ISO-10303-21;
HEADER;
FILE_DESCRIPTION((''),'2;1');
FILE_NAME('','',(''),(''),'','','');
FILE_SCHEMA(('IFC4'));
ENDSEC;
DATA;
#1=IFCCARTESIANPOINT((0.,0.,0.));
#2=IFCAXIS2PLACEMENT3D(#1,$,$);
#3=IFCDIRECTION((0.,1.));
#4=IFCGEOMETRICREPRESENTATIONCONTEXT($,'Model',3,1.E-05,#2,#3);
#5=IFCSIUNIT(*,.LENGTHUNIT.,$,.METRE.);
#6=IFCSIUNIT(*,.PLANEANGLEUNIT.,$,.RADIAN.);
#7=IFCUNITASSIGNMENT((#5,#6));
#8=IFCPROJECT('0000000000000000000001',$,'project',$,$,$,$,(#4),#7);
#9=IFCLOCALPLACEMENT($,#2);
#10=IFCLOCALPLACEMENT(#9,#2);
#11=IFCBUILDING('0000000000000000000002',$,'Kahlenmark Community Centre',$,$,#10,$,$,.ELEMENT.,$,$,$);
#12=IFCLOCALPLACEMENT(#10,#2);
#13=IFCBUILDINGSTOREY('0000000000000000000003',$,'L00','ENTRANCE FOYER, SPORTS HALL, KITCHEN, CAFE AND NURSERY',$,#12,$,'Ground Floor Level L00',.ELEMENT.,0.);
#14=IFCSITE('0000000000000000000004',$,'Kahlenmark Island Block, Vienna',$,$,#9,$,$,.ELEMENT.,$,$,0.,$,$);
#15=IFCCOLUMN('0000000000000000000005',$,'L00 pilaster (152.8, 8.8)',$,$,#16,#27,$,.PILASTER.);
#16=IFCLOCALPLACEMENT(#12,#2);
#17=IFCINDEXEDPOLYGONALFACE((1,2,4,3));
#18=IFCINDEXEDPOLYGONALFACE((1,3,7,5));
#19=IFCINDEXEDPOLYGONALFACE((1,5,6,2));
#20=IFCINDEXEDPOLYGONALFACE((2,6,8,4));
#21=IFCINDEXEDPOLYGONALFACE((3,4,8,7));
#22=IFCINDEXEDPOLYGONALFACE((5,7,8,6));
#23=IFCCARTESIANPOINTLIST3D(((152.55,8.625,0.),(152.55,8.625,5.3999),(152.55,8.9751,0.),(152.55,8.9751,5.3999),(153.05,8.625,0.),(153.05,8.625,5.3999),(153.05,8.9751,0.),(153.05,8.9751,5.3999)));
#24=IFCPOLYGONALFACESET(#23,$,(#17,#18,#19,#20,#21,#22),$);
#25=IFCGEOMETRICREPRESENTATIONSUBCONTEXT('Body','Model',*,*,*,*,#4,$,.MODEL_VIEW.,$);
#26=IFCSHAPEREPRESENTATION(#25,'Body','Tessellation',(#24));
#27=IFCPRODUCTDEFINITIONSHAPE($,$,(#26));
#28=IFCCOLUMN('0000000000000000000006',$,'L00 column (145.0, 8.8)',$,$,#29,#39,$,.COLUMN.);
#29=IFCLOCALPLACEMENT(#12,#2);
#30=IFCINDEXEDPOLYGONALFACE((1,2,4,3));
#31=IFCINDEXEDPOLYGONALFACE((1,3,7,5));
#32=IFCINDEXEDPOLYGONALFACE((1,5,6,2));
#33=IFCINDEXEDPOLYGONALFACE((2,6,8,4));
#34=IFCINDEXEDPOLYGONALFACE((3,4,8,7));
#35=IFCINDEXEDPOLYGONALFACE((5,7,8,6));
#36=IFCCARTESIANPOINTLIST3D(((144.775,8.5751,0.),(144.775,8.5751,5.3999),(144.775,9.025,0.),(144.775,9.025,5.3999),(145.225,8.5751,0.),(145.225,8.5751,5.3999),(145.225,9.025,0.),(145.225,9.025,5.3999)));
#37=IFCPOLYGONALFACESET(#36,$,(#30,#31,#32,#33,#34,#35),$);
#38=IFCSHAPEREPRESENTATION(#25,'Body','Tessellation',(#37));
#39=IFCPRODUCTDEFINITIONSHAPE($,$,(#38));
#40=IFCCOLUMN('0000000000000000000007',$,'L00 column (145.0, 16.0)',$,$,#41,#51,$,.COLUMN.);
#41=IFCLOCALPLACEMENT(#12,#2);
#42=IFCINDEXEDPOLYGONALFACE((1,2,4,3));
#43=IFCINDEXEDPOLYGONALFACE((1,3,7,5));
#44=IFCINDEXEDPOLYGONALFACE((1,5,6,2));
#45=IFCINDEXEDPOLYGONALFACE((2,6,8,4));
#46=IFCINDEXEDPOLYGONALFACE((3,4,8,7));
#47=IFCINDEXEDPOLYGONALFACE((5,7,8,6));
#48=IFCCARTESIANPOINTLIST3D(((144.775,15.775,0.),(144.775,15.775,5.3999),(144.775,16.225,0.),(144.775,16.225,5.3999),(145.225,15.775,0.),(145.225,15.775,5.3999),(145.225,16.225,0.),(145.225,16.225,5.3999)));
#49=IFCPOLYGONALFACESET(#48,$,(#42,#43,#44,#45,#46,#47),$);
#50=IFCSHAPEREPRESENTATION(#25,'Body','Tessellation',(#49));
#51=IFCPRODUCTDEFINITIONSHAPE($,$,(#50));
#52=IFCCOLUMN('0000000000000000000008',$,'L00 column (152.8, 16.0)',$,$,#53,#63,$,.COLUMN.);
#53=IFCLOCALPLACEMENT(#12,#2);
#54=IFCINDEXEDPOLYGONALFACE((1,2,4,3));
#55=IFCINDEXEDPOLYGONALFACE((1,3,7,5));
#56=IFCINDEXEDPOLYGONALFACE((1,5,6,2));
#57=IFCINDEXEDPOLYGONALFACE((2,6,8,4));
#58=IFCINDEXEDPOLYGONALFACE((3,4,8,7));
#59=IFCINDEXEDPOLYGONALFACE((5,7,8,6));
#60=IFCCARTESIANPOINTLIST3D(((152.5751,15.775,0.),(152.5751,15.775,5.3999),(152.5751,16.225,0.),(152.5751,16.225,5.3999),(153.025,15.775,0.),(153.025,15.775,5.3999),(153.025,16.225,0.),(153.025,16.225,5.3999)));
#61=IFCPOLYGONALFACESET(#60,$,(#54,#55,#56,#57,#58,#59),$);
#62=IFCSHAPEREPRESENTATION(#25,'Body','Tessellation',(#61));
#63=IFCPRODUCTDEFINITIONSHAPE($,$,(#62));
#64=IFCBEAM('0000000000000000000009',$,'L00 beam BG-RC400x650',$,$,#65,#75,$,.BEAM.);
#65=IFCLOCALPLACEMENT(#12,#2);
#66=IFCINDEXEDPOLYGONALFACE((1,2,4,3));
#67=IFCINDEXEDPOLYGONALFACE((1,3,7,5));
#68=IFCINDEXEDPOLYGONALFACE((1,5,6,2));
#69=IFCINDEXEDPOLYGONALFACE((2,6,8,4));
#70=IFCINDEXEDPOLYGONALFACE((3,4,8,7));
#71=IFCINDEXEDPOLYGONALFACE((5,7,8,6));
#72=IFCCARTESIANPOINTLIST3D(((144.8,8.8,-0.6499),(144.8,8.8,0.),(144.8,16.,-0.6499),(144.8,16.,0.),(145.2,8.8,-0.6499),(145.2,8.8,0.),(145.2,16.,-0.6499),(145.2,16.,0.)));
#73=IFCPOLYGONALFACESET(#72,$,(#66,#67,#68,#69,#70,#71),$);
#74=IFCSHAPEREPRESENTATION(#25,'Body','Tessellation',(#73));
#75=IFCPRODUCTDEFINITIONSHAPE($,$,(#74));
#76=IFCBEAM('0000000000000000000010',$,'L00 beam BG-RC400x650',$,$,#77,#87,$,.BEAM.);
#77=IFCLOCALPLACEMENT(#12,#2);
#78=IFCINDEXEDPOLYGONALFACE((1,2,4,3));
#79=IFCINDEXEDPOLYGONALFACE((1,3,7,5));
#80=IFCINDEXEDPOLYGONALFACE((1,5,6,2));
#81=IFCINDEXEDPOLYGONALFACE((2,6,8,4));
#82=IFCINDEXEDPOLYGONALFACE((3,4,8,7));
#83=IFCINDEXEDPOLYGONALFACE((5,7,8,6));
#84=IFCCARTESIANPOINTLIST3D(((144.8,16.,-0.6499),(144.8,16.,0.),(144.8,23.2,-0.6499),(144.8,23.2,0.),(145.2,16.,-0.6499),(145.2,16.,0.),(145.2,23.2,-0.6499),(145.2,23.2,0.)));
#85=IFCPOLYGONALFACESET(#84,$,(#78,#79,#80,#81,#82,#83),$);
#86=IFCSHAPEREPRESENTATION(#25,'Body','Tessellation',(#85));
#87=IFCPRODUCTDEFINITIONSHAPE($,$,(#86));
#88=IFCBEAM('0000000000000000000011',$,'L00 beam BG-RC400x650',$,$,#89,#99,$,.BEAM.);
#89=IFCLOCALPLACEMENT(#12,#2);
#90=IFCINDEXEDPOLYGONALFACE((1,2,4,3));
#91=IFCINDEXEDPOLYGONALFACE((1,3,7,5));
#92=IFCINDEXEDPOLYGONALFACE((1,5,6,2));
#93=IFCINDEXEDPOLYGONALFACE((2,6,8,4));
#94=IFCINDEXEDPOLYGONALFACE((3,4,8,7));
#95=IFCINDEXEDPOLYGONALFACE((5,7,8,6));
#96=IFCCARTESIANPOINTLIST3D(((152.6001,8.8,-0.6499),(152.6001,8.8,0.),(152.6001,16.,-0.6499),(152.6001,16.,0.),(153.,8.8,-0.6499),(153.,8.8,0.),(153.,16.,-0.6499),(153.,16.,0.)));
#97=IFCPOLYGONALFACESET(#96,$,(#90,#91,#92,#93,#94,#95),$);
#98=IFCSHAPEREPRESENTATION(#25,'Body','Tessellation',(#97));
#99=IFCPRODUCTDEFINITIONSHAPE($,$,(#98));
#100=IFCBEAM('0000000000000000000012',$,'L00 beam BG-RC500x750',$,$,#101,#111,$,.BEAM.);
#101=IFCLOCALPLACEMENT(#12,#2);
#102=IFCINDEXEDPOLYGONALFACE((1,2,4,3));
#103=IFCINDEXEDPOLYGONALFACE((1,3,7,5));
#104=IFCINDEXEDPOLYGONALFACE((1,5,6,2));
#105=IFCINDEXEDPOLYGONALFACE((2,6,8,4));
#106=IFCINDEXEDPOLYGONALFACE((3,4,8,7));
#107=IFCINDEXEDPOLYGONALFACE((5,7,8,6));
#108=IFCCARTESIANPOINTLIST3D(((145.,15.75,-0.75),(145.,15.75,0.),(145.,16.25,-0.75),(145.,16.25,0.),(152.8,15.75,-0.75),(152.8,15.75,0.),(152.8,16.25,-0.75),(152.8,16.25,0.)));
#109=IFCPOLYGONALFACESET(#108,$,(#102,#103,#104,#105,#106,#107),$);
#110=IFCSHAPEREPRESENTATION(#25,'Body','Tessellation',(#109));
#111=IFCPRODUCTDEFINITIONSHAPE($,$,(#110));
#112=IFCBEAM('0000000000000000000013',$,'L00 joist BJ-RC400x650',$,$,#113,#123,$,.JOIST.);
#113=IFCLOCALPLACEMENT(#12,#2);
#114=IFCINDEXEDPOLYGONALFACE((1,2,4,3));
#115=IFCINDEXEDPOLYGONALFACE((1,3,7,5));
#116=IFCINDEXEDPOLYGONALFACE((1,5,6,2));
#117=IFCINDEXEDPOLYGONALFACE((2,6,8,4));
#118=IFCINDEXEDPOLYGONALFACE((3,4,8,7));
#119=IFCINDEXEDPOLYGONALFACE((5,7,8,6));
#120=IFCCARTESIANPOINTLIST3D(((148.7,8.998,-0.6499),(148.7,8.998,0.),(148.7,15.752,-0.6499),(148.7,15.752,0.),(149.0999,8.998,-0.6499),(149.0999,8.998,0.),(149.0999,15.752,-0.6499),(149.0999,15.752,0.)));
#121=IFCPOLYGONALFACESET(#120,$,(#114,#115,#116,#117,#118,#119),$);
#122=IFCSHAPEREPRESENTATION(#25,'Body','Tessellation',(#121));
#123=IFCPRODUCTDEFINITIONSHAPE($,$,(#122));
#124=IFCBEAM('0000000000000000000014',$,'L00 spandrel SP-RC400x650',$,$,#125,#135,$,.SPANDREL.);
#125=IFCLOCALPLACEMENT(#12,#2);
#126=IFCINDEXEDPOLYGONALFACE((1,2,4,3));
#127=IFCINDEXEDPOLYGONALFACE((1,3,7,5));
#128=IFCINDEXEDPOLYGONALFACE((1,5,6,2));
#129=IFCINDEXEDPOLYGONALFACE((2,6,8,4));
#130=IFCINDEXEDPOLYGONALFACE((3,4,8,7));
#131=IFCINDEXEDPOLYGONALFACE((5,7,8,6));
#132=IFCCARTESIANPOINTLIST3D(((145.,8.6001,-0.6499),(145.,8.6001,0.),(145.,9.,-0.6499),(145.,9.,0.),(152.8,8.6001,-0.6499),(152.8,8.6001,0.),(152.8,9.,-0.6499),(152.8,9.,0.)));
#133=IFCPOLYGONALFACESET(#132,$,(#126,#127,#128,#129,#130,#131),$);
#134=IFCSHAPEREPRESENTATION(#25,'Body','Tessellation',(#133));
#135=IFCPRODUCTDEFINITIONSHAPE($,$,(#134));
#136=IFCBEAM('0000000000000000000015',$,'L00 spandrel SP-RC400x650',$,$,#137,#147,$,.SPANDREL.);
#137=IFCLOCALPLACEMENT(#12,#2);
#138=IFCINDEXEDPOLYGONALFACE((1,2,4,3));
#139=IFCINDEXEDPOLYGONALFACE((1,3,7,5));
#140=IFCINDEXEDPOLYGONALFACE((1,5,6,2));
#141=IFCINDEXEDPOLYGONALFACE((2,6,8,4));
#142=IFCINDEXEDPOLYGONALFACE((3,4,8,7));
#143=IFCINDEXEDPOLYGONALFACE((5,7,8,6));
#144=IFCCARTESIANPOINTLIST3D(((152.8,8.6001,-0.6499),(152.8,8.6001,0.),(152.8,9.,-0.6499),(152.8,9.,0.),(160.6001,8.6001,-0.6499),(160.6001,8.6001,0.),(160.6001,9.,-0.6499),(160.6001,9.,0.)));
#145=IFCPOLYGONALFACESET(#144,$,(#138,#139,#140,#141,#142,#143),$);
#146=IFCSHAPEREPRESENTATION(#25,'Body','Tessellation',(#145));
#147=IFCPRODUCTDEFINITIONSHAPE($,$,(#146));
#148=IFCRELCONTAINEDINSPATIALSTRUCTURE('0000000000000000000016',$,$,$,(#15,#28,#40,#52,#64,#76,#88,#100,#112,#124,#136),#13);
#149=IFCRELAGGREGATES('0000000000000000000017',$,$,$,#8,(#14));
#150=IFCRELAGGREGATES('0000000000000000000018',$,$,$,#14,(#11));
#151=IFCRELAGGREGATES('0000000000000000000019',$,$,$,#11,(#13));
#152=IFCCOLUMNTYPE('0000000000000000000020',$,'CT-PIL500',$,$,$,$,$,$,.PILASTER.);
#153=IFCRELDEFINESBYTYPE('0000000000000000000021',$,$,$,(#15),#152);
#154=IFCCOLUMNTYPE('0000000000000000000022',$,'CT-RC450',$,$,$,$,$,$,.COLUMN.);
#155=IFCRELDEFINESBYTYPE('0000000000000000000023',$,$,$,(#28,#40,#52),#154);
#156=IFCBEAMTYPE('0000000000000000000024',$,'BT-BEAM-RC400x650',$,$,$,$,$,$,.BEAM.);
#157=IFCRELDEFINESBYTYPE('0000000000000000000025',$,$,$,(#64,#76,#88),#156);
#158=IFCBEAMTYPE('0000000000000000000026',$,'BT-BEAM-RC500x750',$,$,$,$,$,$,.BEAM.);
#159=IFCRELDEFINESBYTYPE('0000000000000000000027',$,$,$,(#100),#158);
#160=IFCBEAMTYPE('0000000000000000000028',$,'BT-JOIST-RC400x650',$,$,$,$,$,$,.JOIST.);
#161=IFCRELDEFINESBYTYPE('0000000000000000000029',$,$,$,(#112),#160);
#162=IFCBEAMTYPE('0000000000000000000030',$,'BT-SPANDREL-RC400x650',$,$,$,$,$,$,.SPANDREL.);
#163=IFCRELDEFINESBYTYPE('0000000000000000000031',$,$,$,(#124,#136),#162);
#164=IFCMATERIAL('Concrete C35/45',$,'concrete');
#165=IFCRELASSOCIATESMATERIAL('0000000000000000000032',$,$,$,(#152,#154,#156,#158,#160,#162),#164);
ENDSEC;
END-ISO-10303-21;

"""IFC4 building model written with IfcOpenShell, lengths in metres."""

from ifc_helpers import new_model, si_unit, direction, frame, origin, origin_2d, place, context, subcontext, project, spatial, rectangle, extrude, material, material_profile, profile_set, type_object, element, save


model = new_model("IFC4")

# Units and contexts
model_context = context("Model", 3, precision=1e-05, world=origin(), true_north=direction((0.0, 1.0)))
body_context = subcontext(model_context, "Body", "Model", "MODEL_VIEW")
ifc_project = project(units=[si_unit("LENGTHUNIT", "METRE"), si_unit("PLANEANGLEUNIT", "RADIAN")], contexts=[model_context])

# Site, building, storey
site_placement = place(None, origin())
site = spatial("IfcSite", under=ifc_project, at=site_placement, Name="Kahlenmark Island Block, Vienna", CompositionType="ELEMENT", RefElevation=0.0)
building_placement = place(site_placement, origin())
building = spatial("IfcBuilding", under=site, at=building_placement, Name="Kahlenmark Community Centre", CompositionType="ELEMENT")
storey_placement = place(building_placement, origin())
storey = spatial("IfcBuildingStorey", under=building, at=storey_placement, Name="L00", Description="ENTRANCE FOYER, SPORTS HALL, KITCHEN, CAFE AND NURSERY", LongName="Ground Floor Level L00", CompositionType="ELEMENT", Elevation=0.0)

# Columns
ifc_material_1 = material(Name="Concrete C35/45", Category="concrete")
ifc_material_profile_1 = material_profile(ifc_material_1, rectangle(XDim=0.5, YDim=0.3501, at=origin_2d()), Name="RC 500x350")
ifc_profile_set_1 = profile_set([ifc_material_profile_1], Name="Concrete C35/45")
column_type_1 = type_object("IfcColumnType", Name="CT-PIL500", PredefinedType="PILASTER", material=ifc_profile_set_1)
column_placement = place(storey_placement, frame((152.8, 8.8, 0.0), z_axis=(0.0, 0.0, 1.0), x_axis=(1.0, 0.0, 0.0)))
element("IfcColumn", 1, at=column_placement, inside=storey, type_object=column_type_1, Name="L00 pilaster (152.8, 8.8)", PredefinedType="PILASTER", context=body_context, shape_type="SweptSolid", body=[
    extrude(rectangle(XDim=0.5, YDim=0.3501, at=origin_2d()), origin(), (0.0, 0.0, 1.0), 5.3999),
])
ifc_material_profile_2 = material_profile(ifc_material_1, rectangle(XDim=0.45, YDim=0.45, at=origin_2d()), Name="RC 450x450")
ifc_profile_set_2 = profile_set([ifc_material_profile_2], Name="Concrete C35/45")
column_type_2 = type_object("IfcColumnType", Name="CT-RC450", PredefinedType="COLUMN", material=ifc_profile_set_2)
for number, where, z_axis, x_axis, name in (
    (2, (145.0, 8.8, 0.0), (0.0, 0.0, 1.0), (1.0, 0.0, 0.0), "L00 column (145.0, 8.8)"),
    (3, (145.0, 16.0, 0.0), (0.0, 0.0, 1.0), (1.0, 0.0, 0.0), "L00 column (145.0, 16.0)"),
    (4, (152.8, 16.0, 0.0), (0.0, 0.0, 1.0), (1.0, 0.0, 0.0), "L00 column (152.8, 16.0)"),
):
    element("IfcColumn", number, at=place(storey_placement, frame(where, z_axis=z_axis, x_axis=x_axis)), inside=storey, type_object=column_type_2, Name=name, PredefinedType="COLUMN", context=body_context, shape_type="SweptSolid", body=[
        extrude(rectangle(XDim=0.45, YDim=0.45, at=origin_2d()), origin(), (0.0, 0.0, 1.0), 5.3999),
    ])

# Beams
ifc_material_profile_3 = material_profile(ifc_material_1, rectangle(XDim=0.3999, YDim=0.6499, at=origin_2d()), Name="RC 400x650")
ifc_profile_set_3 = profile_set([ifc_material_profile_3], Name="Concrete C35/45")
beam_type_1 = type_object("IfcBeamType", Name="BT-BEAM-RC400x650", PredefinedType="BEAM", material=ifc_profile_set_3)
for number, where, z_axis, x_axis, name in (
    (5, (145.0, 8.8, -0.325), (0.0, 1.0, 0.0), (-1.0, 0.0, 0.0), "L00 beam BG-RC400x650"),
    (6, (145.0, 16.0, -0.325), (0.0, 1.0, 0.0), (-1.0, 0.0, 0.0), "L00 beam BG-RC400x650"),
    (7, (152.8, 8.8, -0.325), (0.0, 1.0, 0.0), (-1.0, 0.0, 0.0), "L00 beam BG-RC400x650"),
):
    element("IfcBeam", number, at=place(storey_placement, frame(where, z_axis=z_axis, x_axis=x_axis)), inside=storey, type_object=beam_type_1, Name=name, PredefinedType="BEAM", context=body_context, shape_type="SweptSolid", body=[
        extrude(rectangle(XDim=0.3999, YDim=0.6499, at=origin_2d()), origin(), (0.0, 0.0, 1.0), 7.2),
    ])
ifc_material_profile_4 = material_profile(ifc_material_1, rectangle(XDim=0.5, YDim=0.75, at=origin_2d()), Name="RC 500x750")
ifc_profile_set_4 = profile_set([ifc_material_profile_4], Name="Concrete C35/45")
beam_type_2 = type_object("IfcBeamType", Name="BT-BEAM-RC500x750", PredefinedType="BEAM", material=ifc_profile_set_4)
beam_1_placement = place(storey_placement, frame((145.0, 16.0, -0.375), z_axis=(1.0, 0.0, 0.0), x_axis=(0.0, 1.0, 0.0)))
element("IfcBeam", 8, at=beam_1_placement, inside=storey, type_object=beam_type_2, Name="L00 beam BG-RC500x750", PredefinedType="BEAM", context=body_context, shape_type="SweptSolid", body=[
    extrude(rectangle(XDim=0.5, YDim=0.75, at=origin_2d()), origin(), (0.0, 0.0, 1.0), 7.8),
])
ifc_material_profile_5 = material_profile(ifc_material_1, rectangle(XDim=0.3999, YDim=0.6499, at=origin_2d()), Name="RC 400x650")
ifc_profile_set_5 = profile_set([ifc_material_profile_5], Name="Concrete C35/45")
beam_type_3 = type_object("IfcBeamType", Name="BT-JOIST-RC400x650", PredefinedType="JOIST", material=ifc_profile_set_5)
beam_2_placement = place(storey_placement, frame((148.8999, 8.998, -0.325), z_axis=(0.0, 1.0, 0.0), x_axis=(-1.0, 0.0, 0.0)))
element("IfcBeam", 9, at=beam_2_placement, inside=storey, type_object=beam_type_3, Name="L00 joist BJ-RC400x650", PredefinedType="JOIST", context=body_context, shape_type="SweptSolid", body=[
    extrude(rectangle(XDim=0.3999, YDim=0.6499, at=origin_2d()), origin(), (0.0, 0.0, 1.0), 6.7539),
])
ifc_material_profile_6 = material_profile(ifc_material_1, rectangle(XDim=0.3999, YDim=0.6499, at=origin_2d()), Name="RC 400x650")
ifc_profile_set_6 = profile_set([ifc_material_profile_6], Name="Concrete C35/45")
beam_type_4 = type_object("IfcBeamType", Name="BT-SPANDREL-RC400x650", PredefinedType="SPANDREL", material=ifc_profile_set_6)
for number, where, z_axis, x_axis, name in (
    (10, (145.0, 8.8, -0.325), (1.0, 0.0, 0.0), (0.0, 1.0, 0.0), "L00 spandrel SP-RC400x650"),
    (11, (152.8, 8.8, -0.325), (1.0, 0.0, 0.0), (0.0, 1.0, 0.0), "L00 spandrel SP-RC400x650"),
):
    element("IfcBeam", number, at=place(storey_placement, frame(where, z_axis=z_axis, x_axis=x_axis)), inside=storey, type_object=beam_type_4, Name=name, PredefinedType="SPANDREL", context=body_context, shape_type="SweptSolid", body=[
        extrude(rectangle(XDim=0.3999, YDim=0.6499, at=origin_2d()), origin(), (0.0, 0.0, 1.0), 7.8),
    ])

save(model, "model.ifc")
